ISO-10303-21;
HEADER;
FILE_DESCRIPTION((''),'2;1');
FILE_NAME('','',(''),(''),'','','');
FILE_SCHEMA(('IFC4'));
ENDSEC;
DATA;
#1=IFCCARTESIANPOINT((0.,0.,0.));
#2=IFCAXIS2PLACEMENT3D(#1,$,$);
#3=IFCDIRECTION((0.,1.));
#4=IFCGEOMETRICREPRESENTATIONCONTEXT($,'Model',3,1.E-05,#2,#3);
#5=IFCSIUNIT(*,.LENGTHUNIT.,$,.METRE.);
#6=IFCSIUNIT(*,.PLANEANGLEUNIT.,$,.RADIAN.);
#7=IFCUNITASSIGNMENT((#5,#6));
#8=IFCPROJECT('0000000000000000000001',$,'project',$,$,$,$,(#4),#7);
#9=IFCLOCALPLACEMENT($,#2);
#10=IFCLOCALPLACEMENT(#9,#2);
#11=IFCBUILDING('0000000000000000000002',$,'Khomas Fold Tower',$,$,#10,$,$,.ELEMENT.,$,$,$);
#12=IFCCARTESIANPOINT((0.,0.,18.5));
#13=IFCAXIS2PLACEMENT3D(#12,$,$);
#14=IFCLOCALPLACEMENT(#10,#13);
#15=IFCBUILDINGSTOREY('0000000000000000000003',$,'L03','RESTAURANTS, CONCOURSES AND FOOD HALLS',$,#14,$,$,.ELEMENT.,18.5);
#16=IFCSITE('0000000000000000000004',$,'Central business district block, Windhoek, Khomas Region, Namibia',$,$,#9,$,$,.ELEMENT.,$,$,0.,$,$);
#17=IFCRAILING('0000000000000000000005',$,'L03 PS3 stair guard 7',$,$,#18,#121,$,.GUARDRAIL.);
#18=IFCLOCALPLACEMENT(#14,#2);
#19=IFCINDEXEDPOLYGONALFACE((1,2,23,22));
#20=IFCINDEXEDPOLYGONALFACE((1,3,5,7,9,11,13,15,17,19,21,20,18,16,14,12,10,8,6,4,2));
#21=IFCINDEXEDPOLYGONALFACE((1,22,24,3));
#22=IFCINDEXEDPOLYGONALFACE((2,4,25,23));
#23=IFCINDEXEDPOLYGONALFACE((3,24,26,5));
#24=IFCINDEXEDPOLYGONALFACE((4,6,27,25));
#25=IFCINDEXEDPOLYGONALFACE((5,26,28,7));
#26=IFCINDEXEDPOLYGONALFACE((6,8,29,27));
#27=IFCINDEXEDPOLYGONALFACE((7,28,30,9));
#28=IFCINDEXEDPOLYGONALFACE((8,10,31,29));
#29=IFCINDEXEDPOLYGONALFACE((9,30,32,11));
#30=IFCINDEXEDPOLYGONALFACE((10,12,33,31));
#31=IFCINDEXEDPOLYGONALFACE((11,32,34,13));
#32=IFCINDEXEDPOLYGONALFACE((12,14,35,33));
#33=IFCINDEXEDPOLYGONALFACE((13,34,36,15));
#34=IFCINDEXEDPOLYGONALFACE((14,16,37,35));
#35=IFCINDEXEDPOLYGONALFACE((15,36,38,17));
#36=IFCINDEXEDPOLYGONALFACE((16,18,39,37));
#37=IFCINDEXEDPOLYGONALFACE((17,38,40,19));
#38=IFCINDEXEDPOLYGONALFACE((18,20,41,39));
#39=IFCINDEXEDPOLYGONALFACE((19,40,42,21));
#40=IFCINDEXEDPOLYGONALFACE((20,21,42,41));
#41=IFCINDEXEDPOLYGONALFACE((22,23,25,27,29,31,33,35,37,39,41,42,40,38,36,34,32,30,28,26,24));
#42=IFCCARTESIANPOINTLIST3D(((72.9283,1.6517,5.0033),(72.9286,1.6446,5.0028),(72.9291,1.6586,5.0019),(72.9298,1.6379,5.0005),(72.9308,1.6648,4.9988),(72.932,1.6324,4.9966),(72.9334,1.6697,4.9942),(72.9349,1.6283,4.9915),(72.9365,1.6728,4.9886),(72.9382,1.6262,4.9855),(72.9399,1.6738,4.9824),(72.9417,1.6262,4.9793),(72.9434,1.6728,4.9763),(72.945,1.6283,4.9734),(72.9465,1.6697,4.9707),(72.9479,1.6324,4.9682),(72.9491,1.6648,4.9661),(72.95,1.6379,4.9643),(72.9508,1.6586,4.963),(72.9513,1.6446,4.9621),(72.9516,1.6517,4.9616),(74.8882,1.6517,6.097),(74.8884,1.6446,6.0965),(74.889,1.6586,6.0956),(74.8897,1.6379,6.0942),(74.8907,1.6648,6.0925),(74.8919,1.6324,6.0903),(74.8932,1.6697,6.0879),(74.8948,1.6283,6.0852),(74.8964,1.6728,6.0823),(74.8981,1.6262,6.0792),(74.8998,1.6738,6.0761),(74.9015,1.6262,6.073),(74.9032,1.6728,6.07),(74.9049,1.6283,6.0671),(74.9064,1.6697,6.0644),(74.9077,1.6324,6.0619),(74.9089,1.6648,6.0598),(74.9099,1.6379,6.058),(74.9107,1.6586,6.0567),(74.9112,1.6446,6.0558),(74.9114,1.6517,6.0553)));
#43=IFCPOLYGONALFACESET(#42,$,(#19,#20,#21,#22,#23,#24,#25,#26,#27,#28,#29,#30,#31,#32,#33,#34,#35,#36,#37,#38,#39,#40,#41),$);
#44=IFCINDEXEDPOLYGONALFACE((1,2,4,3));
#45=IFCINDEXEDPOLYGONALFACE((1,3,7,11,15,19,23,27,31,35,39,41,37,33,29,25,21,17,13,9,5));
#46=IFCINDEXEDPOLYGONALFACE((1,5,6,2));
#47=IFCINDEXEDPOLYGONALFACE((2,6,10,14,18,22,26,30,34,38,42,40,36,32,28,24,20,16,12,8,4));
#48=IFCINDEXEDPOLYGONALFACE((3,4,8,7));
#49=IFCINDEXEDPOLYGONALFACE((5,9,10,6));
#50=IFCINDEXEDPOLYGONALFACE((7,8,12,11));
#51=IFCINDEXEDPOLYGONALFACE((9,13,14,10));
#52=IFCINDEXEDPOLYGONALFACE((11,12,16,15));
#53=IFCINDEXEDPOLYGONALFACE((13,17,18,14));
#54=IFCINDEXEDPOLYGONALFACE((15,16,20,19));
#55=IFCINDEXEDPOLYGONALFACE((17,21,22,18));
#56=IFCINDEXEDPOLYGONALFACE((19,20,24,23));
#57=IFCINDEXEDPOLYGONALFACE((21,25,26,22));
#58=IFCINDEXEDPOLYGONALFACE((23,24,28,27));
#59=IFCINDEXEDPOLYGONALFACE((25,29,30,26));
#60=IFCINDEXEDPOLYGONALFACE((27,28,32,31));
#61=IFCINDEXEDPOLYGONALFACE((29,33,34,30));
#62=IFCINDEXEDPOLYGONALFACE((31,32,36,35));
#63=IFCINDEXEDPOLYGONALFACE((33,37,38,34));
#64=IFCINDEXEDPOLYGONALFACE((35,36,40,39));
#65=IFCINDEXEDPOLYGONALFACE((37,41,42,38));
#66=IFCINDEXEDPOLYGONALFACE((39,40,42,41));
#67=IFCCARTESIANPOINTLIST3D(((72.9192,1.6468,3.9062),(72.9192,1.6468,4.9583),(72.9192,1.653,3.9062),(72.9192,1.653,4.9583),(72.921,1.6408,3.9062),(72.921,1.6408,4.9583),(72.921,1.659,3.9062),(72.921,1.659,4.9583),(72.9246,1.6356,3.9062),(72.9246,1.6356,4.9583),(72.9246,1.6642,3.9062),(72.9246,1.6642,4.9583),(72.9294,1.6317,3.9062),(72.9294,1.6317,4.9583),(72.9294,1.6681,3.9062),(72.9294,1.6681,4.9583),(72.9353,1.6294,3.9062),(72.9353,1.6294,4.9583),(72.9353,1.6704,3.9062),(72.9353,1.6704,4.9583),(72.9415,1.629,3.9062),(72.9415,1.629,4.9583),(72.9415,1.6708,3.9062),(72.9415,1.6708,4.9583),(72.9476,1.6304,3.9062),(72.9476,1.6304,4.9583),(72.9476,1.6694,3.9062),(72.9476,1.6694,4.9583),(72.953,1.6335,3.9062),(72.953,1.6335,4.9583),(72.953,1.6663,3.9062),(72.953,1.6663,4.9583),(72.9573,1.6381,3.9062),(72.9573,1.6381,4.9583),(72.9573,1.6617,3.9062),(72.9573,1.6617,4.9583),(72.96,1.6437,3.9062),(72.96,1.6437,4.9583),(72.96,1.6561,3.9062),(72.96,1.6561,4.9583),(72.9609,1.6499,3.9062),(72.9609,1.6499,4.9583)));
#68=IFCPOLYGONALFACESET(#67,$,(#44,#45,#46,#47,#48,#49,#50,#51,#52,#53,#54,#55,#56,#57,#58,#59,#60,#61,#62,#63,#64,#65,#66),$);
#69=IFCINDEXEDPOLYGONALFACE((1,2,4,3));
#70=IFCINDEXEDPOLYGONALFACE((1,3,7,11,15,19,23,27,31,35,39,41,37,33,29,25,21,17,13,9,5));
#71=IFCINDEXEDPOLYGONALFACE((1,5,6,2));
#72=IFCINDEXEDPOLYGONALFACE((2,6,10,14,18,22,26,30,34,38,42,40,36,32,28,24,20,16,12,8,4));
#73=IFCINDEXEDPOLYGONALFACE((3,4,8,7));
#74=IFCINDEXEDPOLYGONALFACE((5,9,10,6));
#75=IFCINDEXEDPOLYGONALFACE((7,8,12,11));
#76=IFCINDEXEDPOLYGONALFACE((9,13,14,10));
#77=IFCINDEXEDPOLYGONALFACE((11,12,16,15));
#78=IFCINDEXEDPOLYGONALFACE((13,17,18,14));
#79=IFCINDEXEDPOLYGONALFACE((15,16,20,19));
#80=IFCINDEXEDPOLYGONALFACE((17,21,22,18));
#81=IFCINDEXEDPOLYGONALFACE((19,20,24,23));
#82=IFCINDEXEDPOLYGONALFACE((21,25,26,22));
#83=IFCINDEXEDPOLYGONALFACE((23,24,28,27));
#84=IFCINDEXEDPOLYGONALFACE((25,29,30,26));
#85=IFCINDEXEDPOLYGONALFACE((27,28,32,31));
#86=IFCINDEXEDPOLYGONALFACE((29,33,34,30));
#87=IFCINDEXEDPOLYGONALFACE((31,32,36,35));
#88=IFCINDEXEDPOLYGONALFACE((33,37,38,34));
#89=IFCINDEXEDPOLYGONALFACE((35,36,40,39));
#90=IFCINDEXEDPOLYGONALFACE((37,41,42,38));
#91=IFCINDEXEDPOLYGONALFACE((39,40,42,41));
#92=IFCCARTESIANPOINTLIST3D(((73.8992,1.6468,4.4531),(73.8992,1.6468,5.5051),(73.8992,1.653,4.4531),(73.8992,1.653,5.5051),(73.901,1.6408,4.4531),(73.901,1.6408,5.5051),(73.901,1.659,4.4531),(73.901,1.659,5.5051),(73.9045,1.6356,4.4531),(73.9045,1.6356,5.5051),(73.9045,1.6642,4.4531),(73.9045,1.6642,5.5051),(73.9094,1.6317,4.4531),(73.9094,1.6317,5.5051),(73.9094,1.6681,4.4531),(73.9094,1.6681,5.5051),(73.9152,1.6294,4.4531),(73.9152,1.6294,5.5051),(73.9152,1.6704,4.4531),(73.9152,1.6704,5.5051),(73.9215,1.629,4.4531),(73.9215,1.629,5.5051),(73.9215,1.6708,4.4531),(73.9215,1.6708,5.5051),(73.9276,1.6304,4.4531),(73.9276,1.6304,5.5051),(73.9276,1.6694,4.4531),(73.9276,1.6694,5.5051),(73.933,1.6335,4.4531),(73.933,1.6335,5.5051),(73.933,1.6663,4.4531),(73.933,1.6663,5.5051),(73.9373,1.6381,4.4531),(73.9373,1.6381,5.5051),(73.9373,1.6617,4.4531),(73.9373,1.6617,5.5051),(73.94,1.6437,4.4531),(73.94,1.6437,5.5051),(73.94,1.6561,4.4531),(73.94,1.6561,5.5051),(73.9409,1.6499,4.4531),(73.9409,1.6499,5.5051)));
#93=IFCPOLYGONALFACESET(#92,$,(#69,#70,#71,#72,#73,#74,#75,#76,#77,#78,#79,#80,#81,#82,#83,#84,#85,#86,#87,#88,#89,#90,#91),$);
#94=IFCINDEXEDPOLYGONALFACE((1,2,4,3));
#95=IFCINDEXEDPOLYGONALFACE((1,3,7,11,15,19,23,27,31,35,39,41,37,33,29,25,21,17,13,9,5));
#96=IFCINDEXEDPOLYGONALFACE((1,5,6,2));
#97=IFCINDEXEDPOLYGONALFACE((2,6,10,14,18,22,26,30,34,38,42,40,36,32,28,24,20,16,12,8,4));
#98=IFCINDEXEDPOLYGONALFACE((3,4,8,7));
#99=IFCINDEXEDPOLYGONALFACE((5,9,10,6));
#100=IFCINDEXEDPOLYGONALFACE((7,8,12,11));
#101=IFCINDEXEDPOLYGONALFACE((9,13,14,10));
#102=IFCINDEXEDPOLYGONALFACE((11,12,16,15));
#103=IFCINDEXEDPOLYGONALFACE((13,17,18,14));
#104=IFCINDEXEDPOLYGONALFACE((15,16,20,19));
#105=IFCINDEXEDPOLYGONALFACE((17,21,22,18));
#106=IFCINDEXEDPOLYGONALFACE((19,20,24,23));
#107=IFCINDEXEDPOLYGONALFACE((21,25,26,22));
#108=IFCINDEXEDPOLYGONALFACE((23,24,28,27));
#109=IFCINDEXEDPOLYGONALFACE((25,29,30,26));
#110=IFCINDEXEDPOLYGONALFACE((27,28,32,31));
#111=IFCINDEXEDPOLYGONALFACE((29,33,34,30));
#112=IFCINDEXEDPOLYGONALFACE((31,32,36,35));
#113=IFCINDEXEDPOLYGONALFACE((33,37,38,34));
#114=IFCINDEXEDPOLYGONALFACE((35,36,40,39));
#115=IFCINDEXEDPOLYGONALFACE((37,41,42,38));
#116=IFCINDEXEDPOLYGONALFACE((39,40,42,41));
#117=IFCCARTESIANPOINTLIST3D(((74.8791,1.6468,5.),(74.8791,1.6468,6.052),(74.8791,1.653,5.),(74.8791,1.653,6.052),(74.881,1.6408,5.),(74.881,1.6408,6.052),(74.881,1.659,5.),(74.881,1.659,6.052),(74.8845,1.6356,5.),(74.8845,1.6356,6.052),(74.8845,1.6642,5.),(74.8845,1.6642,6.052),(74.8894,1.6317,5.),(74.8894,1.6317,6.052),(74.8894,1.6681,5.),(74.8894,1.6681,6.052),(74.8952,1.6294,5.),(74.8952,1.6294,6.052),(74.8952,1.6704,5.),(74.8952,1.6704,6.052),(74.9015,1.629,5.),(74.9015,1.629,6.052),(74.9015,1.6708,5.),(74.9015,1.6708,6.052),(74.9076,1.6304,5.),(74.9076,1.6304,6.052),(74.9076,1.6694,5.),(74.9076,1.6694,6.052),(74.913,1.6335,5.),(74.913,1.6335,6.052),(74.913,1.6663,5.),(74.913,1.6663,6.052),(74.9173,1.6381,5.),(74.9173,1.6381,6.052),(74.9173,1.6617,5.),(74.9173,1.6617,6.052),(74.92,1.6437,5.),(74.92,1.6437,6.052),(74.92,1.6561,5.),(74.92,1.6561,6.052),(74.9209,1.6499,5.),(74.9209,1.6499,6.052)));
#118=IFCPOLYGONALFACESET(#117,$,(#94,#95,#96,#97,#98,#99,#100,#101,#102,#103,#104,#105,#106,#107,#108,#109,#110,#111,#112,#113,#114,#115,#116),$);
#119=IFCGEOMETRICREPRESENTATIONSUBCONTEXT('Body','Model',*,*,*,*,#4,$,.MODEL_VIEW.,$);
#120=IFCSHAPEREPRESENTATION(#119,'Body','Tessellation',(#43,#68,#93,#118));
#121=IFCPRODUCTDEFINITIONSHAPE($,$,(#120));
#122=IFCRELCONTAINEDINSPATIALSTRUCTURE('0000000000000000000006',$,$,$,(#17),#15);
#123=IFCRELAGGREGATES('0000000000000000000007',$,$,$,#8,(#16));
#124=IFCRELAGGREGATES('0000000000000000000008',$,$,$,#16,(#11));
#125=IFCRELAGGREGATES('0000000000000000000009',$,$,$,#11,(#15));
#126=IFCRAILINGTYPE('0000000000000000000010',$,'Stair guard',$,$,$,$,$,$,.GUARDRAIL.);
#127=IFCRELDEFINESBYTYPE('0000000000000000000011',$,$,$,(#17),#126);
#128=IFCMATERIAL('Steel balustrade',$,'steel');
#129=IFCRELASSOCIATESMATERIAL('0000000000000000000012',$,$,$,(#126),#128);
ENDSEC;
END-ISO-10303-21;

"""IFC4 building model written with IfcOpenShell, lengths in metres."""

from ifc_helpers import new_model, si_unit, direction, frame, origin, origin_2d, place, context, subcontext, project, spatial, circle, extrude, source, transform, mapped, material, type_object, element, save


model = new_model("IFC4")

# Units and contexts
model_context = context("Model", 3, precision=1e-05, world=origin(), true_north=direction((0.0, 1.0)))
body_context = subcontext(model_context, "Body", "Model", "MODEL_VIEW")
ifc_project = project(units=[si_unit("LENGTHUNIT", "METRE"), si_unit("PLANEANGLEUNIT", "RADIAN")], contexts=[model_context])

# Site, building, storey
site_placement = place(None, origin())
site = spatial("IfcSite", under=ifc_project, at=site_placement, Name="Central business district block, Windhoek, Khomas Region, Namibia", CompositionType="ELEMENT", RefElevation=0.0)
building_placement = place(site_placement, origin())
building = spatial("IfcBuilding", under=site, at=building_placement, Name="Khomas Fold Tower", CompositionType="ELEMENT")
storey_placement = place(building_placement, frame((0.0, 0.0, 18.5)))
storey = spatial("IfcBuildingStorey", under=building, at=storey_placement, Name="L03", Description="RESTAURANTS, CONCOURSES AND FOOD HALLS", CompositionType="ELEMENT", Elevation=18.5)

# Railing
ifc_material_1 = material(Name="Steel balustrade", Category="steel")
railing_type_1 = type_object("IfcRailingType", Name="Stair guard", PredefinedType="GUARDRAIL", material=ifc_material_1)
shared_shape_1 = source(origin(), body_context, "Body", "SweptSolid", [
    extrude(circle(Radius=0.0239, at=origin_2d()), frame((0.0, 0.0, 1.0762), z_axis=(0.873232, 0.0, 0.487304), x_axis=(0.0, 1.0, 0.0)), (0.0, 0.0, 1.0), 2.2444),
    extrude(circle(Radius=0.021, at=origin_2d()), origin(), (0.0, 0.0, 1.0), 1.052),
    extrude(circle(Radius=0.021, at=origin_2d()), frame((0.98, 0.0, 0.5469)), (0.0, 0.0, 1.0), 1.052),
    extrude(circle(Radius=0.021, at=origin_2d()), frame((1.96, 0.0, 1.0938)), (0.0, 0.0, 1.0), 1.052),
])
for number, where, name in (
    (1, (72.9399, 1.6499, 3.9062), "L03 PS3 stair guard 7"),
):
    element("IfcRailing", number, at=place(storey_placement, frame(where)), inside=storey, type_object=railing_type_1, Name=name, PredefinedType="GUARDRAIL", context=body_context, shape_type="MappedRepresentation", body=[
        mapped(shared_shape_1, transform((0.0, 0.0, 0.0))),
    ])

save(model, "model.ifc")
